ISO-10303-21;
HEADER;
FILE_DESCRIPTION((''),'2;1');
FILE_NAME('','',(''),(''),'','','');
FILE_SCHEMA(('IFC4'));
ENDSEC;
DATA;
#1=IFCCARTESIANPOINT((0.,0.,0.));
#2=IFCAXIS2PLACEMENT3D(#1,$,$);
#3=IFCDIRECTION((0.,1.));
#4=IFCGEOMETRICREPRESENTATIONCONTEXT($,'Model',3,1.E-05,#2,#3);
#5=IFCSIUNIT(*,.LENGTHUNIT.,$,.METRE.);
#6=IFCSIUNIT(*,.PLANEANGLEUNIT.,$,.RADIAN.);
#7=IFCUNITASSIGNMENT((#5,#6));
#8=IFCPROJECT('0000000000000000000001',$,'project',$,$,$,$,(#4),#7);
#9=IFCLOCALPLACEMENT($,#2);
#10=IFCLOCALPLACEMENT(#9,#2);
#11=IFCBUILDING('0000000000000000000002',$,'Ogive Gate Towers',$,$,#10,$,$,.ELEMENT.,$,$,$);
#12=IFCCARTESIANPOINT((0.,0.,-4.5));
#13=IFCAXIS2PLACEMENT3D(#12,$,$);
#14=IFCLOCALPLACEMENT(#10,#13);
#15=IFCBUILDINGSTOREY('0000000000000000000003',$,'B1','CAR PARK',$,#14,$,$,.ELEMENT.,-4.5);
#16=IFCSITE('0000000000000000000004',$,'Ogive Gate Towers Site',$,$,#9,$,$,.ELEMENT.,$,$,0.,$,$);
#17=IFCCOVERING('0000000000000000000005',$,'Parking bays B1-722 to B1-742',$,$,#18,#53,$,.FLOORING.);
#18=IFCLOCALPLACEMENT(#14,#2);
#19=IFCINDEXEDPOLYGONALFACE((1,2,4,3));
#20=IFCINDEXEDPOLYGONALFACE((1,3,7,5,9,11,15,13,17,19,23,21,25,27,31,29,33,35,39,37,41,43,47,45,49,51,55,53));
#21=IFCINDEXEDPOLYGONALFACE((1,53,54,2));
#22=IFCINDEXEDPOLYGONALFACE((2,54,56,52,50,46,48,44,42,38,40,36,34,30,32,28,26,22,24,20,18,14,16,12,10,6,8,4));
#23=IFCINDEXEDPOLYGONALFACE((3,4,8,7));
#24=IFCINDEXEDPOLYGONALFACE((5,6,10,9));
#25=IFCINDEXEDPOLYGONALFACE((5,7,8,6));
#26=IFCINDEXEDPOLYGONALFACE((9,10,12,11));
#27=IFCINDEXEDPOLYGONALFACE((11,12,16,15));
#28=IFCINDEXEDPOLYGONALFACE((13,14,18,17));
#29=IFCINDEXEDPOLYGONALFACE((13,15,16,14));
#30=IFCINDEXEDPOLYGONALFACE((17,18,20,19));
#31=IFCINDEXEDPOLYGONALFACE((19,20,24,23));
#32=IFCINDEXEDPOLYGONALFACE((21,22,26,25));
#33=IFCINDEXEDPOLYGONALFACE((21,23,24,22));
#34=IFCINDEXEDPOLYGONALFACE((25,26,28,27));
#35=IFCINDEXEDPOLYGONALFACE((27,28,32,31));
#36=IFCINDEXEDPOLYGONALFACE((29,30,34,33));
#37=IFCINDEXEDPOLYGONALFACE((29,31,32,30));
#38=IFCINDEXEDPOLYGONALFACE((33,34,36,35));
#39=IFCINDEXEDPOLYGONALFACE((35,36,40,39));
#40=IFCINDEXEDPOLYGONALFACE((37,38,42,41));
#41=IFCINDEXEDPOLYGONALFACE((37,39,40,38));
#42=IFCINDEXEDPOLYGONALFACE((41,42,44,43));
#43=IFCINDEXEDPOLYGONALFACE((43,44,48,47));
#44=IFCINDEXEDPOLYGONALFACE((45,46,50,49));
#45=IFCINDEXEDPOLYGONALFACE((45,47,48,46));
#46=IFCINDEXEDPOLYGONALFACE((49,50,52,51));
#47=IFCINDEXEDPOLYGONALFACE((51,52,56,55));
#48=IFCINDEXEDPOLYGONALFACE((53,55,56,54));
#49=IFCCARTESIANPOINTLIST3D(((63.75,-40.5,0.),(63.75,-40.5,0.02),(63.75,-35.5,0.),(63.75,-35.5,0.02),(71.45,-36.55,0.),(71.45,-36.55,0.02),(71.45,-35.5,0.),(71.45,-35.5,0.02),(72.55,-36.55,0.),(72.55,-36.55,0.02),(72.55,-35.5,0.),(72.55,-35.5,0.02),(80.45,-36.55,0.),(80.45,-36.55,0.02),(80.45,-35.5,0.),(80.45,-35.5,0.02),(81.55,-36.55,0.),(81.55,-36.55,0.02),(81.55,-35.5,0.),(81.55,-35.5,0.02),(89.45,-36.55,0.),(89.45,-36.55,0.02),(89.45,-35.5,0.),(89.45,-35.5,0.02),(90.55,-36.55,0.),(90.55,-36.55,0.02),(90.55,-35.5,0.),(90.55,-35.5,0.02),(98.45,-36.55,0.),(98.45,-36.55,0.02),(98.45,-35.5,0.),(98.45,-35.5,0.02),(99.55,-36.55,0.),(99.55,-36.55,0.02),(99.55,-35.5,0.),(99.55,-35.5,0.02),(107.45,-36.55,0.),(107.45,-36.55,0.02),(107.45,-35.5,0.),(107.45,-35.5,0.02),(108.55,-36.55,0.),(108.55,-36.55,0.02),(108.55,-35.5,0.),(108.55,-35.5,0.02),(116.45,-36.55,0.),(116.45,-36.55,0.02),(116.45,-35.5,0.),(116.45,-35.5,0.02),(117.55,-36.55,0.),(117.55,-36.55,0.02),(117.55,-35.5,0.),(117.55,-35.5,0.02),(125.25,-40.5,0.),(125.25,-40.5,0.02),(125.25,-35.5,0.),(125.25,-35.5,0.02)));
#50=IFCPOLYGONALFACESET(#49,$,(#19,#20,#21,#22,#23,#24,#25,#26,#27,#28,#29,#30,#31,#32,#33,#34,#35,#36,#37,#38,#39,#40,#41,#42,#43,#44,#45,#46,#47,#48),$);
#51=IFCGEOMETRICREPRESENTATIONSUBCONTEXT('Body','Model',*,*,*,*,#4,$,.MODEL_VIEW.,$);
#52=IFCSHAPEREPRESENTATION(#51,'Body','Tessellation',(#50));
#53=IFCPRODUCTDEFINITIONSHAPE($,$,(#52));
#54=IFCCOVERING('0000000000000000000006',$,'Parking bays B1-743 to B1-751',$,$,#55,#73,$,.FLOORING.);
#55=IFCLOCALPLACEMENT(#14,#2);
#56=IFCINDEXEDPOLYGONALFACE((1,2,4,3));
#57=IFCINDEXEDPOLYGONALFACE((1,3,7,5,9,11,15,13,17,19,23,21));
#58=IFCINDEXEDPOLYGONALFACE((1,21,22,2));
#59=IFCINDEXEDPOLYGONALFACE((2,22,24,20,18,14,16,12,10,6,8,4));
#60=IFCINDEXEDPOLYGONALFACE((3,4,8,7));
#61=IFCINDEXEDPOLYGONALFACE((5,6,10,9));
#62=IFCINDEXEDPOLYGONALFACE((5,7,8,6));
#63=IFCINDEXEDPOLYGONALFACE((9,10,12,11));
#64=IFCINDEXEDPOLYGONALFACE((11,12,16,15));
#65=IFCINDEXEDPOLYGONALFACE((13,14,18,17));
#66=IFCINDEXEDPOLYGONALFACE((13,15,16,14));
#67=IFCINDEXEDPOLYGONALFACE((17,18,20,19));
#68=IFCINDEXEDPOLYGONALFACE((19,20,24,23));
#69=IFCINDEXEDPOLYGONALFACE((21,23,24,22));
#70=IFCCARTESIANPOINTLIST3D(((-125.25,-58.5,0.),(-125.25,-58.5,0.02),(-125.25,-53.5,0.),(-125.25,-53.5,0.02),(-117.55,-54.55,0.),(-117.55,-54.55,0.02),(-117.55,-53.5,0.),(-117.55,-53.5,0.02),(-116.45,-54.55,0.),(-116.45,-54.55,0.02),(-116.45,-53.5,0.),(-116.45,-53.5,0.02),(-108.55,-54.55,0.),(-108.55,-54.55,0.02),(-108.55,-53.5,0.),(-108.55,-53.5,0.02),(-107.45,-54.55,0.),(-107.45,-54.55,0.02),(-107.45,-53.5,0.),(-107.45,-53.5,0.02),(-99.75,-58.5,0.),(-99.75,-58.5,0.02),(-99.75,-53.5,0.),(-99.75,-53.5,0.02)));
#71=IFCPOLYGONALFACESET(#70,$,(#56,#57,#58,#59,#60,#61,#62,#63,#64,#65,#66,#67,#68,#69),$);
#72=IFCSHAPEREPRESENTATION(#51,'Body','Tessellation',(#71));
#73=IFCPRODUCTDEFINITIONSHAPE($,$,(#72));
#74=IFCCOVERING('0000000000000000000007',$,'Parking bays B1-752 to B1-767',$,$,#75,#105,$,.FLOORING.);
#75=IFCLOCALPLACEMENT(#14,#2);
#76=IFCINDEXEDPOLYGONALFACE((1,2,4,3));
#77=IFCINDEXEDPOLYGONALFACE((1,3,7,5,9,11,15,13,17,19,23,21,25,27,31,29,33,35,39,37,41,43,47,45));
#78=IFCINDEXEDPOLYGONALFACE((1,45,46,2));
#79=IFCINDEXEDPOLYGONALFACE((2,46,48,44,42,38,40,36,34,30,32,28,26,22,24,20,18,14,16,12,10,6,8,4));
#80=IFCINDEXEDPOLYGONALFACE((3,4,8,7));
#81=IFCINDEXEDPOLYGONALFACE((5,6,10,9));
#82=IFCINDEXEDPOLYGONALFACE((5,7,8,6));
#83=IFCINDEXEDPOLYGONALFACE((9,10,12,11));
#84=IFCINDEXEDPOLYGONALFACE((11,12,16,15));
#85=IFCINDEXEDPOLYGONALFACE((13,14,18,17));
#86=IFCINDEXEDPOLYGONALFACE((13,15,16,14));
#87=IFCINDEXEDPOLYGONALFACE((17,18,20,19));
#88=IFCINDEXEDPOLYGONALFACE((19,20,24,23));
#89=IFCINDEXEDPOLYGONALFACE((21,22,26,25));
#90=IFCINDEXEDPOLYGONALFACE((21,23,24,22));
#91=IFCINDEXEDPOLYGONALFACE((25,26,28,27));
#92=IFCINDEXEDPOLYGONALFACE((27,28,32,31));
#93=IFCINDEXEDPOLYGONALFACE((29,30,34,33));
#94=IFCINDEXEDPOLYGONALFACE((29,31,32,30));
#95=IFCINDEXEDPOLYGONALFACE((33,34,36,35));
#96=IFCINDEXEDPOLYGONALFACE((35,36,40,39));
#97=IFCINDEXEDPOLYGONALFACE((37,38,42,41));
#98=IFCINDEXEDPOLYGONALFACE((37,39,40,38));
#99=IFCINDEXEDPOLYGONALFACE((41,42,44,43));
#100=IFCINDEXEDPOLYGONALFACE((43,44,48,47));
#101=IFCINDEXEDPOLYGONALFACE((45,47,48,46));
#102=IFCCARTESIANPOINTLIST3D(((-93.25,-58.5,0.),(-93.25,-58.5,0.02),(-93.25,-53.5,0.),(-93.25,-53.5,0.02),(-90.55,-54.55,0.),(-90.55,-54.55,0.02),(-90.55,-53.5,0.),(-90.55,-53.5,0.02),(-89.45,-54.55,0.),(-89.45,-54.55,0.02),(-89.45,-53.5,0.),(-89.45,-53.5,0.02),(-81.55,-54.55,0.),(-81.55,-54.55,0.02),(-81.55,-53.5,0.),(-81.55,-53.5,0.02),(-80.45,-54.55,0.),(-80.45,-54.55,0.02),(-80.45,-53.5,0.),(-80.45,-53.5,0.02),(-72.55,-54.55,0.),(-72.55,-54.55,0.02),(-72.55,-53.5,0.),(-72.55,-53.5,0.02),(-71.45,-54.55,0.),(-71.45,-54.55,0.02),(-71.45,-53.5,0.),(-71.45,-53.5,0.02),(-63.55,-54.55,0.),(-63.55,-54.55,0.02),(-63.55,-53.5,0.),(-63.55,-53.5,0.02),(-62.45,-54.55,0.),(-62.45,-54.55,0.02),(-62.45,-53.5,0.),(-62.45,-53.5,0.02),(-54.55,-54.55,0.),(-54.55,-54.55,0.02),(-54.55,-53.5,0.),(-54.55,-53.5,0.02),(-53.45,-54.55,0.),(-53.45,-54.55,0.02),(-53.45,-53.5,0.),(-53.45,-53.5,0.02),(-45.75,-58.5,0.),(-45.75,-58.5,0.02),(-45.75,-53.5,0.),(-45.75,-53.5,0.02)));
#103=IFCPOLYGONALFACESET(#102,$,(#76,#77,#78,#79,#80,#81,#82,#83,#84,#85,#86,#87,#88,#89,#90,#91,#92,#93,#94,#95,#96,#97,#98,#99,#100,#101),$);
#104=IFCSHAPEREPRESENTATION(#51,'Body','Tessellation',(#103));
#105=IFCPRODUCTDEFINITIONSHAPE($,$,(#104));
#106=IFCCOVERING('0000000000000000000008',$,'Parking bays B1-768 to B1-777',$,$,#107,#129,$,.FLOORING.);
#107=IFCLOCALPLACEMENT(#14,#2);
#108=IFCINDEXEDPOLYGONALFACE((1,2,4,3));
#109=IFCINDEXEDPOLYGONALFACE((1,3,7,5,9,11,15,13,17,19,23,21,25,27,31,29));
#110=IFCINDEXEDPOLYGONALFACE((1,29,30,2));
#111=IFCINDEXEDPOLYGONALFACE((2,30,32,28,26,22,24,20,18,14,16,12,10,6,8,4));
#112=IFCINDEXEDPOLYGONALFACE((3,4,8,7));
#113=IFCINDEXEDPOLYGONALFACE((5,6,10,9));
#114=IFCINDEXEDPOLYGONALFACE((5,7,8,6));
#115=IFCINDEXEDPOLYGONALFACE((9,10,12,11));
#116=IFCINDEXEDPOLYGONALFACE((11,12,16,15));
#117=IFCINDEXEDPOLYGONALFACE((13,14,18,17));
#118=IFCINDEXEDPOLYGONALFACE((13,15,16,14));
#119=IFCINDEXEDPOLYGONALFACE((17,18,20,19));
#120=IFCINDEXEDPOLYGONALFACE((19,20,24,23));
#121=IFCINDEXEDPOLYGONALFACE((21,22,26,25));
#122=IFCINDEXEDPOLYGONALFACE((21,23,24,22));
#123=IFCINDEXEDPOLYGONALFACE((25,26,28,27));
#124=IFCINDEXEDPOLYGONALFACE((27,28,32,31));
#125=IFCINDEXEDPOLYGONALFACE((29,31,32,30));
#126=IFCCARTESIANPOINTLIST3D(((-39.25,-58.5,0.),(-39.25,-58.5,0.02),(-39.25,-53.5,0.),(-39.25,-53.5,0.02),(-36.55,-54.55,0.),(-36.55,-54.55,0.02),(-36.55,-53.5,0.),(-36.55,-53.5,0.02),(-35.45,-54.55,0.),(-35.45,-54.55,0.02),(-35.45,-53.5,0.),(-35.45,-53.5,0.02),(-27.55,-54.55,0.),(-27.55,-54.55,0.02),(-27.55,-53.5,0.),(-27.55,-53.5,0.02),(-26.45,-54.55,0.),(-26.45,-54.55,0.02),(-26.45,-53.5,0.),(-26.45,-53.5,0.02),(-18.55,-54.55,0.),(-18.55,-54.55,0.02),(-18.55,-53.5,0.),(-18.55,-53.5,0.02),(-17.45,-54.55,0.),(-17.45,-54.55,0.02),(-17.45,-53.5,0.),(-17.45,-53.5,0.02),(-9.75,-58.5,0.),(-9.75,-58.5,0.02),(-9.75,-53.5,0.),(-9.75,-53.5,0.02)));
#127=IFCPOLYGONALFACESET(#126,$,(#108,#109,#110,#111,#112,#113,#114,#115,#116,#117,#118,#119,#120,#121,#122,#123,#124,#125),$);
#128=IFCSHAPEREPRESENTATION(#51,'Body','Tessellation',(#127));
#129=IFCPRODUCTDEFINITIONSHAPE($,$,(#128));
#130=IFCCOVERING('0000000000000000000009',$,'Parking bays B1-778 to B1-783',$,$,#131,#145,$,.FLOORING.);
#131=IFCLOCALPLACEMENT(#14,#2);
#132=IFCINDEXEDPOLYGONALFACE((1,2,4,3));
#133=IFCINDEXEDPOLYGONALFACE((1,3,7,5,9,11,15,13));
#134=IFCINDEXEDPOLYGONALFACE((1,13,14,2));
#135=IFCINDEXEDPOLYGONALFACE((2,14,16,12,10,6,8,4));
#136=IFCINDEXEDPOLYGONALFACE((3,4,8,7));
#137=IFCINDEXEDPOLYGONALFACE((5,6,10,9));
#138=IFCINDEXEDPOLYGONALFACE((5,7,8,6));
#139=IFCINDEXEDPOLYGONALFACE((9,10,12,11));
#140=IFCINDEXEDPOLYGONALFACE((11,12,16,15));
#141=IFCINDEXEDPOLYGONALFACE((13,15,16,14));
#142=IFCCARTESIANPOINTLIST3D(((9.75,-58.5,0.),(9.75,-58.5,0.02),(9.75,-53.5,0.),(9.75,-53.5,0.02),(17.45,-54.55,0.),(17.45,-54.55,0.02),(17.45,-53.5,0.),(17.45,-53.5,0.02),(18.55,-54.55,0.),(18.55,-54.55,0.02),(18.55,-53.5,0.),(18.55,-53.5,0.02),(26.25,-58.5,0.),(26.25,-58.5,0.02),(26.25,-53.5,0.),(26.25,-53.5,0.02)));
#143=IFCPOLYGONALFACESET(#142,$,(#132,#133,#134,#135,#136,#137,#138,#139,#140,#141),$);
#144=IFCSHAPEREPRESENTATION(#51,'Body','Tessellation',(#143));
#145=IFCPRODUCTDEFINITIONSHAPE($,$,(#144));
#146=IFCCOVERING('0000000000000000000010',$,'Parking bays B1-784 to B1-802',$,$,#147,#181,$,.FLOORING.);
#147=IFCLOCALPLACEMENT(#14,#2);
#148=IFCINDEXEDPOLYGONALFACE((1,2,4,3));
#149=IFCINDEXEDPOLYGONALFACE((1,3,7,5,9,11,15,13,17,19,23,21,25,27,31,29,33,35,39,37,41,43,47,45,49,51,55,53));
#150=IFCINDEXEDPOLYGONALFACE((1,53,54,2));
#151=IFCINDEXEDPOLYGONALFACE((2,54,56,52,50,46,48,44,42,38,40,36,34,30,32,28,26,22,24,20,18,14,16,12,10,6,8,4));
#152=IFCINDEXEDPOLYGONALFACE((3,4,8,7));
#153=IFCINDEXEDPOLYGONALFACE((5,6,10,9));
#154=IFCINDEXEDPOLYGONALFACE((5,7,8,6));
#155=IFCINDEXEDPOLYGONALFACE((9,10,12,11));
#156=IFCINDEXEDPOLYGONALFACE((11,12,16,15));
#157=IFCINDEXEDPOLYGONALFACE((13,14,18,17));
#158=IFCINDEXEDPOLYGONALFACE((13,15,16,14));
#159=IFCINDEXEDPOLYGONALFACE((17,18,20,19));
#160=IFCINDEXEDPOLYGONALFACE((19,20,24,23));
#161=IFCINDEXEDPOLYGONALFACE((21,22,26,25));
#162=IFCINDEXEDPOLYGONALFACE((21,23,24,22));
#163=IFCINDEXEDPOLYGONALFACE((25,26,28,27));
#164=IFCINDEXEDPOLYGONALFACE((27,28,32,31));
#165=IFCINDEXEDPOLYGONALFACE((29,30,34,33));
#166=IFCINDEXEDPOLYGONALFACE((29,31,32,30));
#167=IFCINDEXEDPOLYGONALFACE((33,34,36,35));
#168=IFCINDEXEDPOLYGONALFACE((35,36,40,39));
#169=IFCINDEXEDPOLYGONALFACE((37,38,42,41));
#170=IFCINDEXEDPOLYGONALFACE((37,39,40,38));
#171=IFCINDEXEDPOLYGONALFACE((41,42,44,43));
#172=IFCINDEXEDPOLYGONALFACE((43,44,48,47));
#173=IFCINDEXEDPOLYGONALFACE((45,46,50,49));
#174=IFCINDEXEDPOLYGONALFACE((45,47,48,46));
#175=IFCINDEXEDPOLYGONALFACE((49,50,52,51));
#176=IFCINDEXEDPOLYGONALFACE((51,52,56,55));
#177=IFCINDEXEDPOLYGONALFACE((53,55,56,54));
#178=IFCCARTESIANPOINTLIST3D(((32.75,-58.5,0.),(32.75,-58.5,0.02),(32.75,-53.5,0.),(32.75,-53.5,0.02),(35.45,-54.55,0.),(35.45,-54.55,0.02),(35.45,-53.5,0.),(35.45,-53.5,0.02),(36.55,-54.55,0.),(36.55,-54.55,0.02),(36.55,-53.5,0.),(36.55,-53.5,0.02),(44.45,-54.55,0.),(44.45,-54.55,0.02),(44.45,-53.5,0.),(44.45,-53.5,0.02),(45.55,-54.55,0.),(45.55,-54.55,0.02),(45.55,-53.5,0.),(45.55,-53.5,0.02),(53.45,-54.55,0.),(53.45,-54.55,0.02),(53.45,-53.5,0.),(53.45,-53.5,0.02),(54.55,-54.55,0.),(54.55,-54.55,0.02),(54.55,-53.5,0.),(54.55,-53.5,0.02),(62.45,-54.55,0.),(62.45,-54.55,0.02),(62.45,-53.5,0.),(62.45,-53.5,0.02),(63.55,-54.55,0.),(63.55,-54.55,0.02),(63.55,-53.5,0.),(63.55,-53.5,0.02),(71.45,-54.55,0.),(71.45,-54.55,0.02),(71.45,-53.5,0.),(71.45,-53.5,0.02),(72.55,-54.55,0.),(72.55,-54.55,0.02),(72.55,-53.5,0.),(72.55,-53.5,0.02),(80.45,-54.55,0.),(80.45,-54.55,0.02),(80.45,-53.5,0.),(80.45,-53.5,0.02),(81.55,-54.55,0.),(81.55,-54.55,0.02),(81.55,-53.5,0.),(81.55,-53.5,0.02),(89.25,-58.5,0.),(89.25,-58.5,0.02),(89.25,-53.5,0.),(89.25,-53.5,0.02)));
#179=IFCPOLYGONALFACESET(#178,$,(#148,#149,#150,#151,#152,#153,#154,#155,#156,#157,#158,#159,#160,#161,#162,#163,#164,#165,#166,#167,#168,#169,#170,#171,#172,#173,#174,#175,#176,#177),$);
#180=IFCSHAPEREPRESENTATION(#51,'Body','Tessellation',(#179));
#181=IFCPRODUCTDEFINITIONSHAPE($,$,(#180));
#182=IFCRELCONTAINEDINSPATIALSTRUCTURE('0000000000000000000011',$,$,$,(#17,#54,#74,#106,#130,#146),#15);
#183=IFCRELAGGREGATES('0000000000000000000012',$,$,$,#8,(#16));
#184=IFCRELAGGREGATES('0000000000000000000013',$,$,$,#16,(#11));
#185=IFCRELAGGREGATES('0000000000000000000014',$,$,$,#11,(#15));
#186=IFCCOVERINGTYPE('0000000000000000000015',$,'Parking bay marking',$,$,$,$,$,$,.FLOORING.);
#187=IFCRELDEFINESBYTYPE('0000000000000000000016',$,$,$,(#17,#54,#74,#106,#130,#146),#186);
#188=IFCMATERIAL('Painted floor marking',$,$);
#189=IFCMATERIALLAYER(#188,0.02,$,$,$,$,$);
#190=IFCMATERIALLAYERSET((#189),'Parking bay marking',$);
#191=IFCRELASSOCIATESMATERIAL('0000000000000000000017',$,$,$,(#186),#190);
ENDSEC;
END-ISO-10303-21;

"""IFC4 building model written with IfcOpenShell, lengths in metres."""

from ifc_helpers import new_model, si_unit, direction, frame, origin, place, context, subcontext, project, spatial, polyline, outline, extrude, material, layer, layer_set, type_object, element, save


model = new_model("IFC4")

# Units and contexts
model_context = context("Model", 3, precision=1e-05, world=origin(), true_north=direction((0.0, 1.0)))
body_context = subcontext(model_context, "Body", "Model", "MODEL_VIEW")
ifc_project = project(units=[si_unit("LENGTHUNIT", "METRE"), si_unit("PLANEANGLEUNIT", "RADIAN")], contexts=[model_context])

# Site, building, storey
site_placement = place(None, origin())
site = spatial("IfcSite", under=ifc_project, at=site_placement, Name="Ogive Gate Towers Site", CompositionType="ELEMENT", RefElevation=0.0)
building_placement = place(site_placement, origin())
building = spatial("IfcBuilding", under=site, at=building_placement, Name="Ogive Gate Towers", CompositionType="ELEMENT")
storey_placement = place(building_placement, frame((0.0, 0.0, -4.5)))
storey = spatial("IfcBuildingStorey", under=building, at=storey_placement, Name="B1", Description="CAR PARK", CompositionType="ELEMENT", Elevation=-4.5)

# Coverings
ifc_material_1 = material(Name="Painted floor marking")
ifc_layer_1 = layer(ifc_material_1, 0.02)
ifc_layer_set_1 = layer_set([ifc_layer_1], Name="Parking bay marking")
covering_type_1 = type_object("IfcCoveringType", Name="Parking bay marking", PredefinedType="FLOORING", material=ifc_layer_set_1)
covering_1_placement = place(storey_placement, origin())
element("IfcCovering", 1, at=covering_1_placement, inside=storey, type_object=covering_type_1, Name="Parking bays B1-722 to B1-742", PredefinedType="FLOORING", context=body_context, shape_type="SweptSolid", body=[
    extrude(outline(polyline([(63.75, -35.5), (71.45, -35.5), (71.45, -36.55), (72.55, -36.55), (72.55, -35.5), (80.45, -35.5), (80.45, -36.55), (81.55, -36.55), (81.55, -35.5), (89.45, -35.5), (89.45, -36.55), (90.55, -36.55), (90.55, -35.5), (98.45, -35.5), (98.45, -36.55), (99.55, -36.55), (99.55, -35.5), (107.45, -35.5), (107.45, -36.55), (108.55, -36.55), (108.55, -35.5), (116.45, -35.5), (116.45, -36.55), (117.55, -36.55), (117.55, -35.5), (125.25, -35.5), (125.25, -40.5), (63.75, -40.5), (63.75, -35.5)])), origin(), (0.0, 0.0, 1.0), 0.02),
])
covering_2_placement = place(storey_placement, origin())
element("IfcCovering", 2, at=covering_2_placement, inside=storey, type_object=covering_type_1, Name="Parking bays B1-743 to B1-751", PredefinedType="FLOORING", context=body_context, shape_type="SweptSolid", body=[
    extrude(outline(polyline([(-117.55, -53.5), (-117.55, -54.55), (-116.45, -54.55), (-116.45, -53.5), (-108.55, -53.5), (-108.55, -54.55), (-107.45, -54.55), (-107.45, -53.5), (-99.75, -53.5), (-99.75, -58.5), (-125.25, -58.5), (-125.25, -53.5), (-117.55, -53.5)])), origin(), (0.0, 0.0, 1.0), 0.02),
])
covering_3_placement = place(storey_placement, origin())
element("IfcCovering", 3, at=covering_3_placement, inside=storey, type_object=covering_type_1, Name="Parking bays B1-752 to B1-767", PredefinedType="FLOORING", context=body_context, shape_type="SweptSolid", body=[
    extrude(outline(polyline([(-90.55, -53.5), (-90.55, -54.55), (-89.45, -54.55), (-89.45, -53.5), (-81.55, -53.5), (-81.55, -54.55), (-80.45, -54.55), (-80.45, -53.5), (-72.55, -53.5), (-72.55, -54.55), (-71.45, -54.55), (-71.45, -53.5), (-63.55, -53.5), (-63.55, -54.55), (-62.45, -54.55), (-62.45, -53.5), (-54.55, -53.5), (-54.55, -54.55), (-53.45, -54.55), (-53.45, -53.5), (-45.75, -53.5), (-45.75, -58.5), (-93.25, -58.5), (-93.25, -53.5), (-90.55, -53.5)])), origin(), (0.0, 0.0, 1.0), 0.02),
])
covering_4_placement = place(storey_placement, origin())
element("IfcCovering", 4, at=covering_4_placement, inside=storey, type_object=covering_type_1, Name="Parking bays B1-768 to B1-777", PredefinedType="FLOORING", context=body_context, shape_type="SweptSolid", body=[
    extrude(outline(polyline([(-36.55, -53.5), (-36.55, -54.55), (-35.45, -54.55), (-35.45, -53.5), (-27.55, -53.5), (-27.55, -54.55), (-26.45, -54.55), (-26.45, -53.5), (-18.55, -53.5), (-18.55, -54.55), (-17.45, -54.55), (-17.45, -53.5), (-9.75, -53.5), (-9.75, -58.5), (-39.25, -58.5), (-39.25, -53.5), (-36.55, -53.5)])), origin(), (0.0, 0.0, 1.0), 0.02),
])
covering_5_placement = place(storey_placement, origin())
element("IfcCovering", 5, at=covering_5_placement, inside=storey, type_object=covering_type_1, Name="Parking bays B1-778 to B1-783", PredefinedType="FLOORING", context=body_context, shape_type="SweptSolid", body=[
    extrude(outline(polyline([(9.75, -53.5), (17.45, -53.5), (17.45, -54.55), (18.55, -54.55), (18.55, -53.5), (26.25, -53.5), (26.25, -58.5), (9.75, -58.5), (9.75, -53.5)])), origin(), (0.0, 0.0, 1.0), 0.02),
])
covering_6_placement = place(storey_placement, origin())
element("IfcCovering", 6, at=covering_6_placement, inside=storey, type_object=covering_type_1, Name="Parking bays B1-784 to B1-802", PredefinedType="FLOORING", context=body_context, shape_type="SweptSolid", body=[
    extrude(outline(polyline([(35.45, -53.5), (35.45, -54.55), (36.55, -54.55), (36.55, -53.5), (44.45, -53.5), (44.45, -54.55), (45.55, -54.55), (45.55, -53.5), (53.45, -53.5), (53.45, -54.55), (54.55, -54.55), (54.55, -53.5), (62.45, -53.5), (62.45, -54.55), (63.55, -54.55), (63.55, -53.5), (71.45, -53.5), (71.45, -54.55), (72.55, -54.55), (72.55, -53.5), (80.45, -53.5), (80.45, -54.55), (81.55, -54.55), (81.55, -53.5), (89.25, -53.5), (89.25, -58.5), (32.75, -58.5), (32.75, -53.5), (35.45, -53.5)])), origin(), (0.0, 0.0, 1.0), 0.02),
])

save(model, "model.ifc")
